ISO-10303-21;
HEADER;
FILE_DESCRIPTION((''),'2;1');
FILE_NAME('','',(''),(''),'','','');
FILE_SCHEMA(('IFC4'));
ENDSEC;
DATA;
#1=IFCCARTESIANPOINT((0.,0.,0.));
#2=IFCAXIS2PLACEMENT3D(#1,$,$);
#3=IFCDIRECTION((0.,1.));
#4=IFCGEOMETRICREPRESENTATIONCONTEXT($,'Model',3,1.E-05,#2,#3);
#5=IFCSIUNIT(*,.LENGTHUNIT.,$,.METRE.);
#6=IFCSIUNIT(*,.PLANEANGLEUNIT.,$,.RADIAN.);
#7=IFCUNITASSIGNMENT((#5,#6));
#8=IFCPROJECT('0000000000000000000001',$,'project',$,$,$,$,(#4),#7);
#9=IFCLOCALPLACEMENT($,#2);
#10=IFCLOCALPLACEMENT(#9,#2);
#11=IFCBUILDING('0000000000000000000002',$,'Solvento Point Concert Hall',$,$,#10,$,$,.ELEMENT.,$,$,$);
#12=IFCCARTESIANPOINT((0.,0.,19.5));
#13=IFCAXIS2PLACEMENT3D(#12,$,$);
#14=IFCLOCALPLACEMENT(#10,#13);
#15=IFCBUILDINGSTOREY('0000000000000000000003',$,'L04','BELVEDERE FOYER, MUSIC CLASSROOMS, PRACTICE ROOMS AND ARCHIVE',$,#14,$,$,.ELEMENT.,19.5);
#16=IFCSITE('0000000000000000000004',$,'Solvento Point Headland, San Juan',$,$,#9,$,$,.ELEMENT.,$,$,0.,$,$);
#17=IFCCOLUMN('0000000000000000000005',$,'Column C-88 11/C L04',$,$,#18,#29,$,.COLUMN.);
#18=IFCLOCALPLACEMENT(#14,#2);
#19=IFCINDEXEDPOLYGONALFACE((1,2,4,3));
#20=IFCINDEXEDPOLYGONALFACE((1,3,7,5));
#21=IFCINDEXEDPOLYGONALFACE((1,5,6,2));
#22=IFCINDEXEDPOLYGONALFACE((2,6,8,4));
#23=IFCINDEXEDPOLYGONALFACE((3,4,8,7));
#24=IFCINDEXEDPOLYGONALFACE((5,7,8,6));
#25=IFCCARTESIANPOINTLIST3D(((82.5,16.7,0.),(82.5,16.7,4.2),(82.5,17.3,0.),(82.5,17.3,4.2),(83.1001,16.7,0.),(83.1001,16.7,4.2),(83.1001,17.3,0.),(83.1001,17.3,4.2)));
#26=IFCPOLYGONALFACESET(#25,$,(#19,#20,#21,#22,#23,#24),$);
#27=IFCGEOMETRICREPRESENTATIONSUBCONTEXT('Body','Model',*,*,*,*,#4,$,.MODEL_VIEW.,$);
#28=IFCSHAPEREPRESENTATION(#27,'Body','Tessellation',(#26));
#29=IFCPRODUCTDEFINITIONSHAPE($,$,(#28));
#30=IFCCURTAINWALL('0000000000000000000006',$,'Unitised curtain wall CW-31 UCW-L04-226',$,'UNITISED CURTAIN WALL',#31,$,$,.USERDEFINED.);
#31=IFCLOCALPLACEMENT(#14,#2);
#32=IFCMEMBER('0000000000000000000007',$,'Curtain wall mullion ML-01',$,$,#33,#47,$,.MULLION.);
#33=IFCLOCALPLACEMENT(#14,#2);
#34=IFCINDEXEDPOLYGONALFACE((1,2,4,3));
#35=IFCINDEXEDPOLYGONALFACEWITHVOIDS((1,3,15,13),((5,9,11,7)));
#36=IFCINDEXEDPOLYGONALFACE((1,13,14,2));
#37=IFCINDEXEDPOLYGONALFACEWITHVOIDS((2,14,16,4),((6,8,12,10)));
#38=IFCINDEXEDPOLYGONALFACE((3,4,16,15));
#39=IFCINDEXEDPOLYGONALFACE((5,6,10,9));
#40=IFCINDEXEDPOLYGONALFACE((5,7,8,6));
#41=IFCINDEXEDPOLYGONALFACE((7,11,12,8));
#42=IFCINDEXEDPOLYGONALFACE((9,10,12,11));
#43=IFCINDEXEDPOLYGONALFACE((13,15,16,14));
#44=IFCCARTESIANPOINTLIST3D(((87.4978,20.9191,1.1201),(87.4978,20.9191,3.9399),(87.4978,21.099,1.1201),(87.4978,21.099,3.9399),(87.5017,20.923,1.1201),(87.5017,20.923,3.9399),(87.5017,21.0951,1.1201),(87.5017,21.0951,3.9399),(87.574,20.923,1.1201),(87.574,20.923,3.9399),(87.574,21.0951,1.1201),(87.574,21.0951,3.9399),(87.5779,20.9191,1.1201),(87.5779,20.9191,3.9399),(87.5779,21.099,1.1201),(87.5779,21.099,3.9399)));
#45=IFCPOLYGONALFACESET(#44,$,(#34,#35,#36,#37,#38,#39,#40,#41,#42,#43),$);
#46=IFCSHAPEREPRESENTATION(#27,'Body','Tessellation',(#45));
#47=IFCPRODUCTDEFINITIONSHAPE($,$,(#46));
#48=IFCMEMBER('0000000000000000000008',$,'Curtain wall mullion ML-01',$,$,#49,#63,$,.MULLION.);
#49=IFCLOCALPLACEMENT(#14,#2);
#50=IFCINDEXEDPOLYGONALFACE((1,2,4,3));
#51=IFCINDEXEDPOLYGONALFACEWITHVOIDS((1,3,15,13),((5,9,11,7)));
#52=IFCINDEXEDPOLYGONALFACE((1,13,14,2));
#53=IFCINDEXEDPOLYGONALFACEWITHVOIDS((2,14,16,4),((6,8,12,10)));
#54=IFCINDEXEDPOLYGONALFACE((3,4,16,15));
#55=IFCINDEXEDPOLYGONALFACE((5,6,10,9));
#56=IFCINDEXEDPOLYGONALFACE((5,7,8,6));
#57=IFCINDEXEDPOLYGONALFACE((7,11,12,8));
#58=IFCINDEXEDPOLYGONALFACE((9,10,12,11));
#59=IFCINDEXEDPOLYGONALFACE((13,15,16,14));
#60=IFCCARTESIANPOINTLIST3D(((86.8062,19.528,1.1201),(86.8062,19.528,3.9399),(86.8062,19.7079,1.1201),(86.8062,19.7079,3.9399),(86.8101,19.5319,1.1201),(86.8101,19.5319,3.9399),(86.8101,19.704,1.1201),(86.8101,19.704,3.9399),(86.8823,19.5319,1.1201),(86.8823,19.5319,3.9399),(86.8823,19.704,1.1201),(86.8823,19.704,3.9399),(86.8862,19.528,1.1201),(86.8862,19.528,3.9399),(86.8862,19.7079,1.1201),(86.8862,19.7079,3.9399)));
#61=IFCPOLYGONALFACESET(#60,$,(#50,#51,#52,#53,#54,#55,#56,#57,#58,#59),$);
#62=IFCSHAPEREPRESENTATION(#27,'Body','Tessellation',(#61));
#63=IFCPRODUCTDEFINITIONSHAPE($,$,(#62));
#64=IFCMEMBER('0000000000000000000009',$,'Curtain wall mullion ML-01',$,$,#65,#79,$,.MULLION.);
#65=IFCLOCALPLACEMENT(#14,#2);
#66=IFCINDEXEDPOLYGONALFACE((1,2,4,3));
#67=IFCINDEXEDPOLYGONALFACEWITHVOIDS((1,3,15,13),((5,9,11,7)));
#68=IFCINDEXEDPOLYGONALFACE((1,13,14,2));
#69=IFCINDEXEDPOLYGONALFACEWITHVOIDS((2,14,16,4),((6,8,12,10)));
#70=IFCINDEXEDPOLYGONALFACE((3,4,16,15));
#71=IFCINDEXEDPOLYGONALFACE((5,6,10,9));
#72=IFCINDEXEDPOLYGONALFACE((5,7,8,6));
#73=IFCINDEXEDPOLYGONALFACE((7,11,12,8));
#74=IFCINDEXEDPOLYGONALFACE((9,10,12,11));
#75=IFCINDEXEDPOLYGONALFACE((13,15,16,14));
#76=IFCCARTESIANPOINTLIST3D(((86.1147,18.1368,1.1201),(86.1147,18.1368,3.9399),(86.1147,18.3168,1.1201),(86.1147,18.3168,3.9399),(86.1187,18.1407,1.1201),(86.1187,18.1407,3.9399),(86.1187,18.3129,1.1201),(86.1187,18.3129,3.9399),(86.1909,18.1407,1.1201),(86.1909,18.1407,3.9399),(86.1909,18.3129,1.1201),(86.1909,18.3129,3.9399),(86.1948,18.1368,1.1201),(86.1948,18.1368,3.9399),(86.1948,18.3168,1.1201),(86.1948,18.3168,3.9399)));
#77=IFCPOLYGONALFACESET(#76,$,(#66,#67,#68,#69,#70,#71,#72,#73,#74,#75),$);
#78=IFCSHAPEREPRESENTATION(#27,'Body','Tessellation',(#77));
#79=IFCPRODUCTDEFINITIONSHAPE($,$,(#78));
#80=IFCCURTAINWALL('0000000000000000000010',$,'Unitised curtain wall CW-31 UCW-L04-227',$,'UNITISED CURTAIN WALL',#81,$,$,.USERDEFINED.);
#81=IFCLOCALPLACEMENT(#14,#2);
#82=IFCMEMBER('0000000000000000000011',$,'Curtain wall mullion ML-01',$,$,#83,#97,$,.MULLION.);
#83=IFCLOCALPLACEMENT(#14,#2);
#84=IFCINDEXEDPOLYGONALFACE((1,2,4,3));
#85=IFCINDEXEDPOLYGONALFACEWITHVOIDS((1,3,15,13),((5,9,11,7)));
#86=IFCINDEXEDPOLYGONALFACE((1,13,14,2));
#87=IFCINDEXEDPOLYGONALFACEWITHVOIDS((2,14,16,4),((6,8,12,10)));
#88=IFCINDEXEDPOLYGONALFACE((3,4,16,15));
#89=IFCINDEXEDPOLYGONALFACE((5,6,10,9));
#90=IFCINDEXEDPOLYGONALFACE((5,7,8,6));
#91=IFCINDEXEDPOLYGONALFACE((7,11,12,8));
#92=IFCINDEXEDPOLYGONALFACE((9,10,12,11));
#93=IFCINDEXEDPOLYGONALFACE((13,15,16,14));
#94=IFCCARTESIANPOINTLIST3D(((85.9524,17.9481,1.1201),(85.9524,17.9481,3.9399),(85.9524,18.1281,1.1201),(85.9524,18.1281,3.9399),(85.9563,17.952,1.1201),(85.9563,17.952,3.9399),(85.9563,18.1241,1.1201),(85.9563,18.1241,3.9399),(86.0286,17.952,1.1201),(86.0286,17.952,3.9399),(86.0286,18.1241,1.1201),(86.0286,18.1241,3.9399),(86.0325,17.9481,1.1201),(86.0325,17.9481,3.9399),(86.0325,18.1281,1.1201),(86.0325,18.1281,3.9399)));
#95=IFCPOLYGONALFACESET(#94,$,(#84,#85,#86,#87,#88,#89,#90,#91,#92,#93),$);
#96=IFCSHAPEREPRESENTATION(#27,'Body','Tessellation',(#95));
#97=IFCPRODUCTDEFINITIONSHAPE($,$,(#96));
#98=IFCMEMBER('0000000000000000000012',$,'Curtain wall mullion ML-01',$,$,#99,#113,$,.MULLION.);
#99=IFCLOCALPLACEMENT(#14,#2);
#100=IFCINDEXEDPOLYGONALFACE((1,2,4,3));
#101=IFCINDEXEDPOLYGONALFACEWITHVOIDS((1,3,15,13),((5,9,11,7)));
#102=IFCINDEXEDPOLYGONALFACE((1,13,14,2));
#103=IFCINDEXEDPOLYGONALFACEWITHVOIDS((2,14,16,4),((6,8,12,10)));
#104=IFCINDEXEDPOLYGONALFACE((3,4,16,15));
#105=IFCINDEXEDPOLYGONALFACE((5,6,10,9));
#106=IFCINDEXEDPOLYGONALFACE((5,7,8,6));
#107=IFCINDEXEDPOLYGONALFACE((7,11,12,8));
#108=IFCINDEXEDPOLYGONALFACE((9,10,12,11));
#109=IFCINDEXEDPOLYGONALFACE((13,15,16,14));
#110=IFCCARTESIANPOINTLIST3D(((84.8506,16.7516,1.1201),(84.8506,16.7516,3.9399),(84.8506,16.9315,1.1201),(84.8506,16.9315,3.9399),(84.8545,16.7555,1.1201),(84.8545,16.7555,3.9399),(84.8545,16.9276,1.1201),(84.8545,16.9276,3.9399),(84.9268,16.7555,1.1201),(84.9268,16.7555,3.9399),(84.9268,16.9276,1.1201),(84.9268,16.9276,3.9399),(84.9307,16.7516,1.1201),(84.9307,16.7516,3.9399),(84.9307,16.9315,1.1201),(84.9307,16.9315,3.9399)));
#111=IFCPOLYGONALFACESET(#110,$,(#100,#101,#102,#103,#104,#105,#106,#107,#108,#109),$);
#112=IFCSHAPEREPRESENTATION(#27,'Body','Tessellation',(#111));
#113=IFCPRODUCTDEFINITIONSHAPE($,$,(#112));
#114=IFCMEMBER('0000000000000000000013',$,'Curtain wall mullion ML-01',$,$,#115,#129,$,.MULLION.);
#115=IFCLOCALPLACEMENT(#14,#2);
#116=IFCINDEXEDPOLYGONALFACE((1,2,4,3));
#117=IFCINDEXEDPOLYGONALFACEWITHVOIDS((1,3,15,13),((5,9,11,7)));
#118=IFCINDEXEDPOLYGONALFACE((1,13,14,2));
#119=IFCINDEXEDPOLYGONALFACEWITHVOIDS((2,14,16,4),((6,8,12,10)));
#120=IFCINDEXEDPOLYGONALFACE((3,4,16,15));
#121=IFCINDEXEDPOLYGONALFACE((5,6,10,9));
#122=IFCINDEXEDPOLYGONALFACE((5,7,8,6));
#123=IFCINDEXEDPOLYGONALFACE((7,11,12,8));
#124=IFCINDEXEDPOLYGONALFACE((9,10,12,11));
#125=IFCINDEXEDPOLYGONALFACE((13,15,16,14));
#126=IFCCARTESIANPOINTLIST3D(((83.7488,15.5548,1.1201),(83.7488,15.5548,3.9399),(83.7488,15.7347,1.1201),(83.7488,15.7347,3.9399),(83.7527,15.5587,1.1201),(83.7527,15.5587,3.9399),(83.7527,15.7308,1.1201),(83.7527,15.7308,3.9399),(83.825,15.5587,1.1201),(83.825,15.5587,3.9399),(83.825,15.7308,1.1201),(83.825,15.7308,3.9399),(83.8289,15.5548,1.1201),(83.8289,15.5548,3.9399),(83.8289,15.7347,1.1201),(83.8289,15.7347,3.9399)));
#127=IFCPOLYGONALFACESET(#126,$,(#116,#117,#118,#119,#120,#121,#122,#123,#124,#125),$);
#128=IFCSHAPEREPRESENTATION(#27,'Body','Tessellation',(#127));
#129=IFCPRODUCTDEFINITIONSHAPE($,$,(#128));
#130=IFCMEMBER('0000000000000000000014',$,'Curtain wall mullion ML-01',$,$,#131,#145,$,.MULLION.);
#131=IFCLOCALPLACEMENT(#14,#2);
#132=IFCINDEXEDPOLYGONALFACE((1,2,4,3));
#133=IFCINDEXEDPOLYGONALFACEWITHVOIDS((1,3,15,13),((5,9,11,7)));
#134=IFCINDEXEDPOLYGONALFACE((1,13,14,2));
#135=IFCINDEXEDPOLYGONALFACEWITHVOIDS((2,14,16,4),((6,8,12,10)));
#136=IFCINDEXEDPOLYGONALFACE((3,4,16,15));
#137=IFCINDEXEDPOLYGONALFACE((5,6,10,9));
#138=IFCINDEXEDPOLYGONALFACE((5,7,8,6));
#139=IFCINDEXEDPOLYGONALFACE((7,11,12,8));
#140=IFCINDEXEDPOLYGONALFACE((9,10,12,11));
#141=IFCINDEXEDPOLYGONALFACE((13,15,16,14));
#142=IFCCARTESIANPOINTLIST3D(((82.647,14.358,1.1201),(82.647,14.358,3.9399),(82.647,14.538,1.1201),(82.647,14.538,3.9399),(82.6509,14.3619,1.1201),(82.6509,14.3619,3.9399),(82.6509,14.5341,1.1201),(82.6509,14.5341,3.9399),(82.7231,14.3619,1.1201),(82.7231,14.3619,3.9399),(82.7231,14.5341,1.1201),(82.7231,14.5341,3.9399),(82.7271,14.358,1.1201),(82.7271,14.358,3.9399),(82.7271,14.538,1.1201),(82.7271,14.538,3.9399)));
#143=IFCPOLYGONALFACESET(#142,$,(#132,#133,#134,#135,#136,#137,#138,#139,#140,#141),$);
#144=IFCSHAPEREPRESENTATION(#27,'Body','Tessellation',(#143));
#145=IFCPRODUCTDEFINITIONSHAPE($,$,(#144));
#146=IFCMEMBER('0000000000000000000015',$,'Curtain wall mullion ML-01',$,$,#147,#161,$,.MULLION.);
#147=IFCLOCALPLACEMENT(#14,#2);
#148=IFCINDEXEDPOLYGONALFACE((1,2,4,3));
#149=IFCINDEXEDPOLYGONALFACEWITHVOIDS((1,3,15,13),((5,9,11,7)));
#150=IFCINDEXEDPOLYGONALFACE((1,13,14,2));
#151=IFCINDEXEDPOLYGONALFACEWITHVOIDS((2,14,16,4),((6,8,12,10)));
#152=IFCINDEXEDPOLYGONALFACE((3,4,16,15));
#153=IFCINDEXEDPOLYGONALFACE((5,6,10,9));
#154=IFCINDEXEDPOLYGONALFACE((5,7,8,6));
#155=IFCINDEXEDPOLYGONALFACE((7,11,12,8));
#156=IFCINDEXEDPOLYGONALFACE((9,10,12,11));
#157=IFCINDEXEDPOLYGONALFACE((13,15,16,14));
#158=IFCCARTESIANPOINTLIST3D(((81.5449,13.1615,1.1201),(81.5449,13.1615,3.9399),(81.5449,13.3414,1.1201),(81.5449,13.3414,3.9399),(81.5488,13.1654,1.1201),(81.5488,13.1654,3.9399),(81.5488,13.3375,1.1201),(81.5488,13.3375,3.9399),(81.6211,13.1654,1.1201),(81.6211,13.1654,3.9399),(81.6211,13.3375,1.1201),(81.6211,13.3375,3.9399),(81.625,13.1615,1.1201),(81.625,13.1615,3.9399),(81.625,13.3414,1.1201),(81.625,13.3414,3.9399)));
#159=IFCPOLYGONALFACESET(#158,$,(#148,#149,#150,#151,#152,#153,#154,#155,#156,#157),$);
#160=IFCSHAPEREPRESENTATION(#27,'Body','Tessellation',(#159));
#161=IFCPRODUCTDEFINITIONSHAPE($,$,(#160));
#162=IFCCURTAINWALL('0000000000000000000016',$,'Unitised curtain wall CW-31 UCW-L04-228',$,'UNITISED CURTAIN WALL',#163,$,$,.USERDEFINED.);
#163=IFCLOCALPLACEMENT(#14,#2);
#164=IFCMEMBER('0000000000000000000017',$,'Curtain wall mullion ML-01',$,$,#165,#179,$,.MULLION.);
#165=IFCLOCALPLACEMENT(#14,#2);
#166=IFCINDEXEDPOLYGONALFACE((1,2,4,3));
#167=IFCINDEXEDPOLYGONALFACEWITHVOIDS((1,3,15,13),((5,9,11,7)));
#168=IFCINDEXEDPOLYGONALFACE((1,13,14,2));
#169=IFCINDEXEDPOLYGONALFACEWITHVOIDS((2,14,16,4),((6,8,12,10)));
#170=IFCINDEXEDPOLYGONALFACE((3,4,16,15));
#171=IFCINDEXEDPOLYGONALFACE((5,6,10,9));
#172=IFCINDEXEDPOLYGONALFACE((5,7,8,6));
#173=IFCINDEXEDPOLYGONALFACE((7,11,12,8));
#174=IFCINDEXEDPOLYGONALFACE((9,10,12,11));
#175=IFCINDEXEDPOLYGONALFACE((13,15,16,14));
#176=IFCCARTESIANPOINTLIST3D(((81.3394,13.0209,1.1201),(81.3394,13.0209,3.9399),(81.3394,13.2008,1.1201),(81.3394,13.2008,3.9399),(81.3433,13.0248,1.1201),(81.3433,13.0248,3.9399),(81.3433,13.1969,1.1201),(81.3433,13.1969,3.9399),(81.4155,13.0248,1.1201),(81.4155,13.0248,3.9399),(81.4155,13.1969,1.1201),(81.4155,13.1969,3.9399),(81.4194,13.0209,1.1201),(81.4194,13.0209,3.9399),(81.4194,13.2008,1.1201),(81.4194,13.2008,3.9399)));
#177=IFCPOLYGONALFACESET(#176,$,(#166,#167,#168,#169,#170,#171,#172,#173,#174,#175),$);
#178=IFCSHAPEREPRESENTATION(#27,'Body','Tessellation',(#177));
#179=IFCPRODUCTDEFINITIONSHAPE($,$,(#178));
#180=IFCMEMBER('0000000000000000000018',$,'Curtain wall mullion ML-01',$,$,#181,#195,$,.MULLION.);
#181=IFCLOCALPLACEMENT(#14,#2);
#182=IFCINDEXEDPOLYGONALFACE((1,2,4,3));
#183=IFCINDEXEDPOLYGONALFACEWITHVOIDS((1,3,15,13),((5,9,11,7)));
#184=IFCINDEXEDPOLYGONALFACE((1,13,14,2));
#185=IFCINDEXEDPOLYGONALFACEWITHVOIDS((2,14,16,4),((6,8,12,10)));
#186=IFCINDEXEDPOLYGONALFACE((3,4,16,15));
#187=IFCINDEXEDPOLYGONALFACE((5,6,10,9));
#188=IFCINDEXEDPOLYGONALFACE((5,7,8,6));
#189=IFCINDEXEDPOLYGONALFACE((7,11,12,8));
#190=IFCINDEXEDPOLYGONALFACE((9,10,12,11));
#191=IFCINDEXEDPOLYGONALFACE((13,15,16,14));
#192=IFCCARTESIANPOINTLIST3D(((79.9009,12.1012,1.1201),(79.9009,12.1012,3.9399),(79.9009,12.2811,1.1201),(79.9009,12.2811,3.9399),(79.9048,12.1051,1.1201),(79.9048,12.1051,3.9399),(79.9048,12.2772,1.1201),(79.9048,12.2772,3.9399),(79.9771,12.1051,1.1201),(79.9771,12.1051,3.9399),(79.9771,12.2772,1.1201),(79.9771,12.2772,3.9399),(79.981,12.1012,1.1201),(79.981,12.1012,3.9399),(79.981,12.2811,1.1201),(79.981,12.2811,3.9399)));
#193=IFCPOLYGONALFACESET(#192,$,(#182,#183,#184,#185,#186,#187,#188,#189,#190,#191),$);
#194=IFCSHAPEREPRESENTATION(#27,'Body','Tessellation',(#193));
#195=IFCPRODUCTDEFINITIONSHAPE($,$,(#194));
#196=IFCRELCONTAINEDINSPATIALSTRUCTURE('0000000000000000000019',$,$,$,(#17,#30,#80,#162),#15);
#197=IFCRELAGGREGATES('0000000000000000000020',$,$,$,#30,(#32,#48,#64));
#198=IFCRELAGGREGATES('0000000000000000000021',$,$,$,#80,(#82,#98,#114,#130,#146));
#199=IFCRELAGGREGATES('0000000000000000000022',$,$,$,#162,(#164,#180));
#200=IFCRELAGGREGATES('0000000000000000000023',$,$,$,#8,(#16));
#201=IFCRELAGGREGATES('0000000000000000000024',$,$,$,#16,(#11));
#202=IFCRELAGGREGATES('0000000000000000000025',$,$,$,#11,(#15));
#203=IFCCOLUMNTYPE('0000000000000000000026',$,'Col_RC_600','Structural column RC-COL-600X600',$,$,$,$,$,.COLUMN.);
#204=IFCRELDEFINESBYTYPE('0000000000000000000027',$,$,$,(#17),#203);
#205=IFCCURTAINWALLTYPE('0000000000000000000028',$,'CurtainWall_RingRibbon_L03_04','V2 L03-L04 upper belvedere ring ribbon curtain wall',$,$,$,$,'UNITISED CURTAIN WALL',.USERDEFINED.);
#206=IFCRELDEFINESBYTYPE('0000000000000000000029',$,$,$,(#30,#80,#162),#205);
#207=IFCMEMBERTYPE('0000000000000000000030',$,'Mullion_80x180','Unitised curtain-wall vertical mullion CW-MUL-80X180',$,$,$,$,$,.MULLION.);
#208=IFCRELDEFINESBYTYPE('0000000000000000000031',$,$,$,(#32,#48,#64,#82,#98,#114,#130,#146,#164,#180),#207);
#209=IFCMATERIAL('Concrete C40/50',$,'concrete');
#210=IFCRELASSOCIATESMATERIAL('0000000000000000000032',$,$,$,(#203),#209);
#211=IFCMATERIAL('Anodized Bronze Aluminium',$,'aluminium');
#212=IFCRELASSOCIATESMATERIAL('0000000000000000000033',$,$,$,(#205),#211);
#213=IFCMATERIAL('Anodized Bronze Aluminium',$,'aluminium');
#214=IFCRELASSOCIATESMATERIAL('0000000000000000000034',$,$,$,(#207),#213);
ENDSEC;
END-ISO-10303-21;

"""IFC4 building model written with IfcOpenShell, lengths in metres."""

from ifc_helpers import new_model, si_unit, direction, frame, origin, origin_2d, place, context, subcontext, project, spatial, rectangle, hollow_rectangle, extrude, material, material_profile, profile_set, type_object, element, aggregate, save


model = new_model("IFC4")

# Units and contexts
model_context = context("Model", 3, precision=1e-05, world=origin(), true_north=direction((0.0, 1.0)))
body_context = subcontext(model_context, "Body", "Model", "MODEL_VIEW")
ifc_project = project(units=[si_unit("LENGTHUNIT", "METRE"), si_unit("PLANEANGLEUNIT", "RADIAN")], contexts=[model_context])

# Site, building, storey
site_placement = place(None, origin())
site = spatial("IfcSite", under=ifc_project, at=site_placement, Name="Solvento Point Headland, San Juan", CompositionType="ELEMENT", RefElevation=0.0)
building_placement = place(site_placement, origin())
building = spatial("IfcBuilding", under=site, at=building_placement, Name="Solvento Point Concert Hall", CompositionType="ELEMENT")
storey_placement = place(building_placement, frame((0.0, 0.0, 19.5)))
storey = spatial("IfcBuildingStorey", under=building, at=storey_placement, Name="L04", Description="BELVEDERE FOYER, MUSIC CLASSROOMS, PRACTICE ROOMS AND ARCHIVE", CompositionType="ELEMENT", Elevation=19.5)

# Column
ifc_material_1 = material(Name="Concrete C40/50", Category="concrete")
ifc_material_profile_1 = material_profile(ifc_material_1, rectangle(XDim=0.6001, YDim=0.6001, at=origin_2d()), Name="RC-COL-600X600")
ifc_profile_set_1 = profile_set([ifc_material_profile_1], Name="Concrete C40/50")
column_type = type_object("IfcColumnType", Name="Col_RC_600", Description="Structural column RC-COL-600X600", PredefinedType="COLUMN", material=ifc_profile_set_1)
column_placement = place(storey_placement, frame((82.8, 17.0, 0.0), z_axis=(0.0, 0.0, 1.0), x_axis=(1.0, 0.0, 0.0)))
element("IfcColumn", 1, at=column_placement, inside=storey, type_object=column_type, Name="Column C-88 11/C L04", PredefinedType="COLUMN", context=body_context, shape_type="SweptSolid", body=[
    extrude(rectangle(XDim=0.6001, YDim=0.6001, at=origin_2d()), origin(), (0.0, 0.0, 1.0), 4.2),
])

# Curtain walls, members
ifc_material_2 = material(Name="Anodized Bronze Aluminium", Category="aluminium")
curtain_wall_type = type_object("IfcCurtainWallType", Name="CurtainWall_RingRibbon_L03_04", Description="V2 L03-L04 upper belvedere ring ribbon curtain wall", ElementType="UNITISED CURTAIN WALL", PredefinedType="USERDEFINED", material=ifc_material_2)
curtain_wall_1_placement = place(storey_placement, origin())
curtain_wall_1 = element("IfcCurtainWall", 2, at=curtain_wall_1_placement, inside=storey, type_object=curtain_wall_type, Name="Unitised curtain wall CW-31 UCW-L04-226", ObjectType="UNITISED CURTAIN WALL", PredefinedType="USERDEFINED")
ifc_material_3 = material(Name="Anodized Bronze Aluminium", Category="aluminium")
ifc_material_profile_2 = material_profile(ifc_material_3, hollow_rectangle(XDim=0.0801, YDim=0.1799, WallThickness=0.0039, at=origin_2d()), Name="CW-MUL-80X180")
ifc_profile_set_2 = profile_set([ifc_material_profile_2], Name="Anodized Bronze Aluminium")
member_type_1 = type_object("IfcMemberType", Name="Mullion_80x180", Description="Unitised curtain-wall vertical mullion CW-MUL-80X180", PredefinedType="MULLION", material=ifc_profile_set_2)
member_1_placement = place(storey_placement, frame((87.5378, 21.009, 1.1201), z_axis=(0.0, 0.0, 1.0), x_axis=(1.0, 0.0, 0.0)))
member_1 = element("IfcMember", 3, at=member_1_placement, type_object=member_type_1, Name="Curtain wall mullion ML-01", PredefinedType="MULLION", context=body_context, shape_type="SweptSolid", body=[
    extrude(hollow_rectangle(XDim=0.0801, YDim=0.1799, WallThickness=0.0039, at=origin_2d()), origin(), (0.0, 0.0, 1.0), 2.8198),
])
member_2_placement = place(storey_placement, frame((86.8462, 19.6179, 1.1201), z_axis=(0.0, 0.0, 1.0), x_axis=(1.0, 0.0, 0.0)))
member_2 = element("IfcMember", 4, at=member_2_placement, type_object=member_type_1, Name="Curtain wall mullion ML-01", PredefinedType="MULLION", context=body_context, shape_type="SweptSolid", body=[
    extrude(hollow_rectangle(XDim=0.0801, YDim=0.1799, WallThickness=0.0039, at=origin_2d()), origin(), (0.0, 0.0, 1.0), 2.8198),
])
member_3_placement = place(storey_placement, frame((86.1548, 18.2268, 1.1201), z_axis=(0.0, 0.0, 1.0), x_axis=(1.0, 0.0, 0.0)))
member_3 = element("IfcMember", 5, at=member_3_placement, type_object=member_type_1, Name="Curtain wall mullion ML-01", PredefinedType="MULLION", context=body_context, shape_type="SweptSolid", body=[
    extrude(hollow_rectangle(XDim=0.0801, YDim=0.1799, WallThickness=0.0039, at=origin_2d()), origin(), (0.0, 0.0, 1.0), 2.8198),
])
curtain_wall_2_placement = place(storey_placement, origin())
curtain_wall_2 = element("IfcCurtainWall", 6, at=curtain_wall_2_placement, inside=storey, type_object=curtain_wall_type, Name="Unitised curtain wall CW-31 UCW-L04-227", ObjectType="UNITISED CURTAIN WALL", PredefinedType="USERDEFINED")
member_4_placement = place(storey_placement, frame((85.9924, 18.0381, 1.1201), z_axis=(0.0, 0.0, 1.0), x_axis=(1.0, 0.0, 0.0)))
member_4 = element("IfcMember", 7, at=member_4_placement, type_object=member_type_1, Name="Curtain wall mullion ML-01", PredefinedType="MULLION", context=body_context, shape_type="SweptSolid", body=[
    extrude(hollow_rectangle(XDim=0.0801, YDim=0.1799, WallThickness=0.0039, at=origin_2d()), origin(), (0.0, 0.0, 1.0), 2.8198),
])
member_5_placement = place(storey_placement, frame((84.8906, 16.8416, 1.1201), z_axis=(0.0, 0.0, 1.0), x_axis=(1.0, 0.0, 0.0)))
member_5 = element("IfcMember", 8, at=member_5_placement, type_object=member_type_1, Name="Curtain wall mullion ML-01", PredefinedType="MULLION", context=body_context, shape_type="SweptSolid", body=[
    extrude(hollow_rectangle(XDim=0.0801, YDim=0.1799, WallThickness=0.0039, at=origin_2d()), origin(), (0.0, 0.0, 1.0), 2.8198),
])
member_6_placement = place(storey_placement, frame((83.7888, 15.6448, 1.1201), z_axis=(0.0, 0.0, 1.0), x_axis=(1.0, 0.0, 0.0)))
member_6 = element("IfcMember", 9, at=member_6_placement, type_object=member_type_1, Name="Curtain wall mullion ML-01", PredefinedType="MULLION", context=body_context, shape_type="SweptSolid", body=[
    extrude(hollow_rectangle(XDim=0.0801, YDim=0.1799, WallThickness=0.0039, at=origin_2d()), origin(), (0.0, 0.0, 1.0), 2.8198),
])
member_7_placement = place(storey_placement, frame((82.687, 14.448, 1.1201), z_axis=(0.0, 0.0, 1.0), x_axis=(1.0, 0.0, 0.0)))
member_7 = element("IfcMember", 10, at=member_7_placement, type_object=member_type_1, Name="Curtain wall mullion ML-01", PredefinedType="MULLION", context=body_context, shape_type="SweptSolid", body=[
    extrude(hollow_rectangle(XDim=0.0801, YDim=0.1799, WallThickness=0.0039, at=origin_2d()), origin(), (0.0, 0.0, 1.0), 2.8198),
])
member_8_placement = place(storey_placement, frame((81.585, 13.2515, 1.1201), z_axis=(0.0, 0.0, 1.0), x_axis=(1.0, 0.0, 0.0)))
member_8 = element("IfcMember", 11, at=member_8_placement, type_object=member_type_1, Name="Curtain wall mullion ML-01", PredefinedType="MULLION", context=body_context, shape_type="SweptSolid", body=[
    extrude(hollow_rectangle(XDim=0.0801, YDim=0.1799, WallThickness=0.0039, at=origin_2d()), origin(), (0.0, 0.0, 1.0), 2.8198),
])
curtain_wall_3_placement = place(storey_placement, origin())
curtain_wall_3 = element("IfcCurtainWall", 12, at=curtain_wall_3_placement, inside=storey, type_object=curtain_wall_type, Name="Unitised curtain wall CW-31 UCW-L04-228", ObjectType="UNITISED CURTAIN WALL", PredefinedType="USERDEFINED")
member_9_placement = place(storey_placement, frame((81.3794, 13.1108, 1.1201), z_axis=(0.0, 0.0, 1.0), x_axis=(1.0, 0.0, 0.0)))
member_9 = element("IfcMember", 13, at=member_9_placement, type_object=member_type_1, Name="Curtain wall mullion ML-01", PredefinedType="MULLION", context=body_context, shape_type="SweptSolid", body=[
    extrude(hollow_rectangle(XDim=0.0801, YDim=0.1799, WallThickness=0.0039, at=origin_2d()), origin(), (0.0, 0.0, 1.0), 2.8198),
])
member_10_placement = place(storey_placement, frame((79.9409, 12.1912, 1.1201), z_axis=(0.0, 0.0, 1.0), x_axis=(1.0, 0.0, 0.0)))
member_10 = element("IfcMember", 14, at=member_10_placement, type_object=member_type_1, Name="Curtain wall mullion ML-01", PredefinedType="MULLION", context=body_context, shape_type="SweptSolid", body=[
    extrude(hollow_rectangle(XDim=0.0801, YDim=0.1799, WallThickness=0.0039, at=origin_2d()), origin(), (0.0, 0.0, 1.0), 2.8198),
])

aggregate(curtain_wall_1, [member_1, member_2, member_3])
aggregate(curtain_wall_2, [member_4, member_5, member_6, member_7, member_8])
aggregate(curtain_wall_3, [member_9, member_10])

save(model, "model.ifc")
